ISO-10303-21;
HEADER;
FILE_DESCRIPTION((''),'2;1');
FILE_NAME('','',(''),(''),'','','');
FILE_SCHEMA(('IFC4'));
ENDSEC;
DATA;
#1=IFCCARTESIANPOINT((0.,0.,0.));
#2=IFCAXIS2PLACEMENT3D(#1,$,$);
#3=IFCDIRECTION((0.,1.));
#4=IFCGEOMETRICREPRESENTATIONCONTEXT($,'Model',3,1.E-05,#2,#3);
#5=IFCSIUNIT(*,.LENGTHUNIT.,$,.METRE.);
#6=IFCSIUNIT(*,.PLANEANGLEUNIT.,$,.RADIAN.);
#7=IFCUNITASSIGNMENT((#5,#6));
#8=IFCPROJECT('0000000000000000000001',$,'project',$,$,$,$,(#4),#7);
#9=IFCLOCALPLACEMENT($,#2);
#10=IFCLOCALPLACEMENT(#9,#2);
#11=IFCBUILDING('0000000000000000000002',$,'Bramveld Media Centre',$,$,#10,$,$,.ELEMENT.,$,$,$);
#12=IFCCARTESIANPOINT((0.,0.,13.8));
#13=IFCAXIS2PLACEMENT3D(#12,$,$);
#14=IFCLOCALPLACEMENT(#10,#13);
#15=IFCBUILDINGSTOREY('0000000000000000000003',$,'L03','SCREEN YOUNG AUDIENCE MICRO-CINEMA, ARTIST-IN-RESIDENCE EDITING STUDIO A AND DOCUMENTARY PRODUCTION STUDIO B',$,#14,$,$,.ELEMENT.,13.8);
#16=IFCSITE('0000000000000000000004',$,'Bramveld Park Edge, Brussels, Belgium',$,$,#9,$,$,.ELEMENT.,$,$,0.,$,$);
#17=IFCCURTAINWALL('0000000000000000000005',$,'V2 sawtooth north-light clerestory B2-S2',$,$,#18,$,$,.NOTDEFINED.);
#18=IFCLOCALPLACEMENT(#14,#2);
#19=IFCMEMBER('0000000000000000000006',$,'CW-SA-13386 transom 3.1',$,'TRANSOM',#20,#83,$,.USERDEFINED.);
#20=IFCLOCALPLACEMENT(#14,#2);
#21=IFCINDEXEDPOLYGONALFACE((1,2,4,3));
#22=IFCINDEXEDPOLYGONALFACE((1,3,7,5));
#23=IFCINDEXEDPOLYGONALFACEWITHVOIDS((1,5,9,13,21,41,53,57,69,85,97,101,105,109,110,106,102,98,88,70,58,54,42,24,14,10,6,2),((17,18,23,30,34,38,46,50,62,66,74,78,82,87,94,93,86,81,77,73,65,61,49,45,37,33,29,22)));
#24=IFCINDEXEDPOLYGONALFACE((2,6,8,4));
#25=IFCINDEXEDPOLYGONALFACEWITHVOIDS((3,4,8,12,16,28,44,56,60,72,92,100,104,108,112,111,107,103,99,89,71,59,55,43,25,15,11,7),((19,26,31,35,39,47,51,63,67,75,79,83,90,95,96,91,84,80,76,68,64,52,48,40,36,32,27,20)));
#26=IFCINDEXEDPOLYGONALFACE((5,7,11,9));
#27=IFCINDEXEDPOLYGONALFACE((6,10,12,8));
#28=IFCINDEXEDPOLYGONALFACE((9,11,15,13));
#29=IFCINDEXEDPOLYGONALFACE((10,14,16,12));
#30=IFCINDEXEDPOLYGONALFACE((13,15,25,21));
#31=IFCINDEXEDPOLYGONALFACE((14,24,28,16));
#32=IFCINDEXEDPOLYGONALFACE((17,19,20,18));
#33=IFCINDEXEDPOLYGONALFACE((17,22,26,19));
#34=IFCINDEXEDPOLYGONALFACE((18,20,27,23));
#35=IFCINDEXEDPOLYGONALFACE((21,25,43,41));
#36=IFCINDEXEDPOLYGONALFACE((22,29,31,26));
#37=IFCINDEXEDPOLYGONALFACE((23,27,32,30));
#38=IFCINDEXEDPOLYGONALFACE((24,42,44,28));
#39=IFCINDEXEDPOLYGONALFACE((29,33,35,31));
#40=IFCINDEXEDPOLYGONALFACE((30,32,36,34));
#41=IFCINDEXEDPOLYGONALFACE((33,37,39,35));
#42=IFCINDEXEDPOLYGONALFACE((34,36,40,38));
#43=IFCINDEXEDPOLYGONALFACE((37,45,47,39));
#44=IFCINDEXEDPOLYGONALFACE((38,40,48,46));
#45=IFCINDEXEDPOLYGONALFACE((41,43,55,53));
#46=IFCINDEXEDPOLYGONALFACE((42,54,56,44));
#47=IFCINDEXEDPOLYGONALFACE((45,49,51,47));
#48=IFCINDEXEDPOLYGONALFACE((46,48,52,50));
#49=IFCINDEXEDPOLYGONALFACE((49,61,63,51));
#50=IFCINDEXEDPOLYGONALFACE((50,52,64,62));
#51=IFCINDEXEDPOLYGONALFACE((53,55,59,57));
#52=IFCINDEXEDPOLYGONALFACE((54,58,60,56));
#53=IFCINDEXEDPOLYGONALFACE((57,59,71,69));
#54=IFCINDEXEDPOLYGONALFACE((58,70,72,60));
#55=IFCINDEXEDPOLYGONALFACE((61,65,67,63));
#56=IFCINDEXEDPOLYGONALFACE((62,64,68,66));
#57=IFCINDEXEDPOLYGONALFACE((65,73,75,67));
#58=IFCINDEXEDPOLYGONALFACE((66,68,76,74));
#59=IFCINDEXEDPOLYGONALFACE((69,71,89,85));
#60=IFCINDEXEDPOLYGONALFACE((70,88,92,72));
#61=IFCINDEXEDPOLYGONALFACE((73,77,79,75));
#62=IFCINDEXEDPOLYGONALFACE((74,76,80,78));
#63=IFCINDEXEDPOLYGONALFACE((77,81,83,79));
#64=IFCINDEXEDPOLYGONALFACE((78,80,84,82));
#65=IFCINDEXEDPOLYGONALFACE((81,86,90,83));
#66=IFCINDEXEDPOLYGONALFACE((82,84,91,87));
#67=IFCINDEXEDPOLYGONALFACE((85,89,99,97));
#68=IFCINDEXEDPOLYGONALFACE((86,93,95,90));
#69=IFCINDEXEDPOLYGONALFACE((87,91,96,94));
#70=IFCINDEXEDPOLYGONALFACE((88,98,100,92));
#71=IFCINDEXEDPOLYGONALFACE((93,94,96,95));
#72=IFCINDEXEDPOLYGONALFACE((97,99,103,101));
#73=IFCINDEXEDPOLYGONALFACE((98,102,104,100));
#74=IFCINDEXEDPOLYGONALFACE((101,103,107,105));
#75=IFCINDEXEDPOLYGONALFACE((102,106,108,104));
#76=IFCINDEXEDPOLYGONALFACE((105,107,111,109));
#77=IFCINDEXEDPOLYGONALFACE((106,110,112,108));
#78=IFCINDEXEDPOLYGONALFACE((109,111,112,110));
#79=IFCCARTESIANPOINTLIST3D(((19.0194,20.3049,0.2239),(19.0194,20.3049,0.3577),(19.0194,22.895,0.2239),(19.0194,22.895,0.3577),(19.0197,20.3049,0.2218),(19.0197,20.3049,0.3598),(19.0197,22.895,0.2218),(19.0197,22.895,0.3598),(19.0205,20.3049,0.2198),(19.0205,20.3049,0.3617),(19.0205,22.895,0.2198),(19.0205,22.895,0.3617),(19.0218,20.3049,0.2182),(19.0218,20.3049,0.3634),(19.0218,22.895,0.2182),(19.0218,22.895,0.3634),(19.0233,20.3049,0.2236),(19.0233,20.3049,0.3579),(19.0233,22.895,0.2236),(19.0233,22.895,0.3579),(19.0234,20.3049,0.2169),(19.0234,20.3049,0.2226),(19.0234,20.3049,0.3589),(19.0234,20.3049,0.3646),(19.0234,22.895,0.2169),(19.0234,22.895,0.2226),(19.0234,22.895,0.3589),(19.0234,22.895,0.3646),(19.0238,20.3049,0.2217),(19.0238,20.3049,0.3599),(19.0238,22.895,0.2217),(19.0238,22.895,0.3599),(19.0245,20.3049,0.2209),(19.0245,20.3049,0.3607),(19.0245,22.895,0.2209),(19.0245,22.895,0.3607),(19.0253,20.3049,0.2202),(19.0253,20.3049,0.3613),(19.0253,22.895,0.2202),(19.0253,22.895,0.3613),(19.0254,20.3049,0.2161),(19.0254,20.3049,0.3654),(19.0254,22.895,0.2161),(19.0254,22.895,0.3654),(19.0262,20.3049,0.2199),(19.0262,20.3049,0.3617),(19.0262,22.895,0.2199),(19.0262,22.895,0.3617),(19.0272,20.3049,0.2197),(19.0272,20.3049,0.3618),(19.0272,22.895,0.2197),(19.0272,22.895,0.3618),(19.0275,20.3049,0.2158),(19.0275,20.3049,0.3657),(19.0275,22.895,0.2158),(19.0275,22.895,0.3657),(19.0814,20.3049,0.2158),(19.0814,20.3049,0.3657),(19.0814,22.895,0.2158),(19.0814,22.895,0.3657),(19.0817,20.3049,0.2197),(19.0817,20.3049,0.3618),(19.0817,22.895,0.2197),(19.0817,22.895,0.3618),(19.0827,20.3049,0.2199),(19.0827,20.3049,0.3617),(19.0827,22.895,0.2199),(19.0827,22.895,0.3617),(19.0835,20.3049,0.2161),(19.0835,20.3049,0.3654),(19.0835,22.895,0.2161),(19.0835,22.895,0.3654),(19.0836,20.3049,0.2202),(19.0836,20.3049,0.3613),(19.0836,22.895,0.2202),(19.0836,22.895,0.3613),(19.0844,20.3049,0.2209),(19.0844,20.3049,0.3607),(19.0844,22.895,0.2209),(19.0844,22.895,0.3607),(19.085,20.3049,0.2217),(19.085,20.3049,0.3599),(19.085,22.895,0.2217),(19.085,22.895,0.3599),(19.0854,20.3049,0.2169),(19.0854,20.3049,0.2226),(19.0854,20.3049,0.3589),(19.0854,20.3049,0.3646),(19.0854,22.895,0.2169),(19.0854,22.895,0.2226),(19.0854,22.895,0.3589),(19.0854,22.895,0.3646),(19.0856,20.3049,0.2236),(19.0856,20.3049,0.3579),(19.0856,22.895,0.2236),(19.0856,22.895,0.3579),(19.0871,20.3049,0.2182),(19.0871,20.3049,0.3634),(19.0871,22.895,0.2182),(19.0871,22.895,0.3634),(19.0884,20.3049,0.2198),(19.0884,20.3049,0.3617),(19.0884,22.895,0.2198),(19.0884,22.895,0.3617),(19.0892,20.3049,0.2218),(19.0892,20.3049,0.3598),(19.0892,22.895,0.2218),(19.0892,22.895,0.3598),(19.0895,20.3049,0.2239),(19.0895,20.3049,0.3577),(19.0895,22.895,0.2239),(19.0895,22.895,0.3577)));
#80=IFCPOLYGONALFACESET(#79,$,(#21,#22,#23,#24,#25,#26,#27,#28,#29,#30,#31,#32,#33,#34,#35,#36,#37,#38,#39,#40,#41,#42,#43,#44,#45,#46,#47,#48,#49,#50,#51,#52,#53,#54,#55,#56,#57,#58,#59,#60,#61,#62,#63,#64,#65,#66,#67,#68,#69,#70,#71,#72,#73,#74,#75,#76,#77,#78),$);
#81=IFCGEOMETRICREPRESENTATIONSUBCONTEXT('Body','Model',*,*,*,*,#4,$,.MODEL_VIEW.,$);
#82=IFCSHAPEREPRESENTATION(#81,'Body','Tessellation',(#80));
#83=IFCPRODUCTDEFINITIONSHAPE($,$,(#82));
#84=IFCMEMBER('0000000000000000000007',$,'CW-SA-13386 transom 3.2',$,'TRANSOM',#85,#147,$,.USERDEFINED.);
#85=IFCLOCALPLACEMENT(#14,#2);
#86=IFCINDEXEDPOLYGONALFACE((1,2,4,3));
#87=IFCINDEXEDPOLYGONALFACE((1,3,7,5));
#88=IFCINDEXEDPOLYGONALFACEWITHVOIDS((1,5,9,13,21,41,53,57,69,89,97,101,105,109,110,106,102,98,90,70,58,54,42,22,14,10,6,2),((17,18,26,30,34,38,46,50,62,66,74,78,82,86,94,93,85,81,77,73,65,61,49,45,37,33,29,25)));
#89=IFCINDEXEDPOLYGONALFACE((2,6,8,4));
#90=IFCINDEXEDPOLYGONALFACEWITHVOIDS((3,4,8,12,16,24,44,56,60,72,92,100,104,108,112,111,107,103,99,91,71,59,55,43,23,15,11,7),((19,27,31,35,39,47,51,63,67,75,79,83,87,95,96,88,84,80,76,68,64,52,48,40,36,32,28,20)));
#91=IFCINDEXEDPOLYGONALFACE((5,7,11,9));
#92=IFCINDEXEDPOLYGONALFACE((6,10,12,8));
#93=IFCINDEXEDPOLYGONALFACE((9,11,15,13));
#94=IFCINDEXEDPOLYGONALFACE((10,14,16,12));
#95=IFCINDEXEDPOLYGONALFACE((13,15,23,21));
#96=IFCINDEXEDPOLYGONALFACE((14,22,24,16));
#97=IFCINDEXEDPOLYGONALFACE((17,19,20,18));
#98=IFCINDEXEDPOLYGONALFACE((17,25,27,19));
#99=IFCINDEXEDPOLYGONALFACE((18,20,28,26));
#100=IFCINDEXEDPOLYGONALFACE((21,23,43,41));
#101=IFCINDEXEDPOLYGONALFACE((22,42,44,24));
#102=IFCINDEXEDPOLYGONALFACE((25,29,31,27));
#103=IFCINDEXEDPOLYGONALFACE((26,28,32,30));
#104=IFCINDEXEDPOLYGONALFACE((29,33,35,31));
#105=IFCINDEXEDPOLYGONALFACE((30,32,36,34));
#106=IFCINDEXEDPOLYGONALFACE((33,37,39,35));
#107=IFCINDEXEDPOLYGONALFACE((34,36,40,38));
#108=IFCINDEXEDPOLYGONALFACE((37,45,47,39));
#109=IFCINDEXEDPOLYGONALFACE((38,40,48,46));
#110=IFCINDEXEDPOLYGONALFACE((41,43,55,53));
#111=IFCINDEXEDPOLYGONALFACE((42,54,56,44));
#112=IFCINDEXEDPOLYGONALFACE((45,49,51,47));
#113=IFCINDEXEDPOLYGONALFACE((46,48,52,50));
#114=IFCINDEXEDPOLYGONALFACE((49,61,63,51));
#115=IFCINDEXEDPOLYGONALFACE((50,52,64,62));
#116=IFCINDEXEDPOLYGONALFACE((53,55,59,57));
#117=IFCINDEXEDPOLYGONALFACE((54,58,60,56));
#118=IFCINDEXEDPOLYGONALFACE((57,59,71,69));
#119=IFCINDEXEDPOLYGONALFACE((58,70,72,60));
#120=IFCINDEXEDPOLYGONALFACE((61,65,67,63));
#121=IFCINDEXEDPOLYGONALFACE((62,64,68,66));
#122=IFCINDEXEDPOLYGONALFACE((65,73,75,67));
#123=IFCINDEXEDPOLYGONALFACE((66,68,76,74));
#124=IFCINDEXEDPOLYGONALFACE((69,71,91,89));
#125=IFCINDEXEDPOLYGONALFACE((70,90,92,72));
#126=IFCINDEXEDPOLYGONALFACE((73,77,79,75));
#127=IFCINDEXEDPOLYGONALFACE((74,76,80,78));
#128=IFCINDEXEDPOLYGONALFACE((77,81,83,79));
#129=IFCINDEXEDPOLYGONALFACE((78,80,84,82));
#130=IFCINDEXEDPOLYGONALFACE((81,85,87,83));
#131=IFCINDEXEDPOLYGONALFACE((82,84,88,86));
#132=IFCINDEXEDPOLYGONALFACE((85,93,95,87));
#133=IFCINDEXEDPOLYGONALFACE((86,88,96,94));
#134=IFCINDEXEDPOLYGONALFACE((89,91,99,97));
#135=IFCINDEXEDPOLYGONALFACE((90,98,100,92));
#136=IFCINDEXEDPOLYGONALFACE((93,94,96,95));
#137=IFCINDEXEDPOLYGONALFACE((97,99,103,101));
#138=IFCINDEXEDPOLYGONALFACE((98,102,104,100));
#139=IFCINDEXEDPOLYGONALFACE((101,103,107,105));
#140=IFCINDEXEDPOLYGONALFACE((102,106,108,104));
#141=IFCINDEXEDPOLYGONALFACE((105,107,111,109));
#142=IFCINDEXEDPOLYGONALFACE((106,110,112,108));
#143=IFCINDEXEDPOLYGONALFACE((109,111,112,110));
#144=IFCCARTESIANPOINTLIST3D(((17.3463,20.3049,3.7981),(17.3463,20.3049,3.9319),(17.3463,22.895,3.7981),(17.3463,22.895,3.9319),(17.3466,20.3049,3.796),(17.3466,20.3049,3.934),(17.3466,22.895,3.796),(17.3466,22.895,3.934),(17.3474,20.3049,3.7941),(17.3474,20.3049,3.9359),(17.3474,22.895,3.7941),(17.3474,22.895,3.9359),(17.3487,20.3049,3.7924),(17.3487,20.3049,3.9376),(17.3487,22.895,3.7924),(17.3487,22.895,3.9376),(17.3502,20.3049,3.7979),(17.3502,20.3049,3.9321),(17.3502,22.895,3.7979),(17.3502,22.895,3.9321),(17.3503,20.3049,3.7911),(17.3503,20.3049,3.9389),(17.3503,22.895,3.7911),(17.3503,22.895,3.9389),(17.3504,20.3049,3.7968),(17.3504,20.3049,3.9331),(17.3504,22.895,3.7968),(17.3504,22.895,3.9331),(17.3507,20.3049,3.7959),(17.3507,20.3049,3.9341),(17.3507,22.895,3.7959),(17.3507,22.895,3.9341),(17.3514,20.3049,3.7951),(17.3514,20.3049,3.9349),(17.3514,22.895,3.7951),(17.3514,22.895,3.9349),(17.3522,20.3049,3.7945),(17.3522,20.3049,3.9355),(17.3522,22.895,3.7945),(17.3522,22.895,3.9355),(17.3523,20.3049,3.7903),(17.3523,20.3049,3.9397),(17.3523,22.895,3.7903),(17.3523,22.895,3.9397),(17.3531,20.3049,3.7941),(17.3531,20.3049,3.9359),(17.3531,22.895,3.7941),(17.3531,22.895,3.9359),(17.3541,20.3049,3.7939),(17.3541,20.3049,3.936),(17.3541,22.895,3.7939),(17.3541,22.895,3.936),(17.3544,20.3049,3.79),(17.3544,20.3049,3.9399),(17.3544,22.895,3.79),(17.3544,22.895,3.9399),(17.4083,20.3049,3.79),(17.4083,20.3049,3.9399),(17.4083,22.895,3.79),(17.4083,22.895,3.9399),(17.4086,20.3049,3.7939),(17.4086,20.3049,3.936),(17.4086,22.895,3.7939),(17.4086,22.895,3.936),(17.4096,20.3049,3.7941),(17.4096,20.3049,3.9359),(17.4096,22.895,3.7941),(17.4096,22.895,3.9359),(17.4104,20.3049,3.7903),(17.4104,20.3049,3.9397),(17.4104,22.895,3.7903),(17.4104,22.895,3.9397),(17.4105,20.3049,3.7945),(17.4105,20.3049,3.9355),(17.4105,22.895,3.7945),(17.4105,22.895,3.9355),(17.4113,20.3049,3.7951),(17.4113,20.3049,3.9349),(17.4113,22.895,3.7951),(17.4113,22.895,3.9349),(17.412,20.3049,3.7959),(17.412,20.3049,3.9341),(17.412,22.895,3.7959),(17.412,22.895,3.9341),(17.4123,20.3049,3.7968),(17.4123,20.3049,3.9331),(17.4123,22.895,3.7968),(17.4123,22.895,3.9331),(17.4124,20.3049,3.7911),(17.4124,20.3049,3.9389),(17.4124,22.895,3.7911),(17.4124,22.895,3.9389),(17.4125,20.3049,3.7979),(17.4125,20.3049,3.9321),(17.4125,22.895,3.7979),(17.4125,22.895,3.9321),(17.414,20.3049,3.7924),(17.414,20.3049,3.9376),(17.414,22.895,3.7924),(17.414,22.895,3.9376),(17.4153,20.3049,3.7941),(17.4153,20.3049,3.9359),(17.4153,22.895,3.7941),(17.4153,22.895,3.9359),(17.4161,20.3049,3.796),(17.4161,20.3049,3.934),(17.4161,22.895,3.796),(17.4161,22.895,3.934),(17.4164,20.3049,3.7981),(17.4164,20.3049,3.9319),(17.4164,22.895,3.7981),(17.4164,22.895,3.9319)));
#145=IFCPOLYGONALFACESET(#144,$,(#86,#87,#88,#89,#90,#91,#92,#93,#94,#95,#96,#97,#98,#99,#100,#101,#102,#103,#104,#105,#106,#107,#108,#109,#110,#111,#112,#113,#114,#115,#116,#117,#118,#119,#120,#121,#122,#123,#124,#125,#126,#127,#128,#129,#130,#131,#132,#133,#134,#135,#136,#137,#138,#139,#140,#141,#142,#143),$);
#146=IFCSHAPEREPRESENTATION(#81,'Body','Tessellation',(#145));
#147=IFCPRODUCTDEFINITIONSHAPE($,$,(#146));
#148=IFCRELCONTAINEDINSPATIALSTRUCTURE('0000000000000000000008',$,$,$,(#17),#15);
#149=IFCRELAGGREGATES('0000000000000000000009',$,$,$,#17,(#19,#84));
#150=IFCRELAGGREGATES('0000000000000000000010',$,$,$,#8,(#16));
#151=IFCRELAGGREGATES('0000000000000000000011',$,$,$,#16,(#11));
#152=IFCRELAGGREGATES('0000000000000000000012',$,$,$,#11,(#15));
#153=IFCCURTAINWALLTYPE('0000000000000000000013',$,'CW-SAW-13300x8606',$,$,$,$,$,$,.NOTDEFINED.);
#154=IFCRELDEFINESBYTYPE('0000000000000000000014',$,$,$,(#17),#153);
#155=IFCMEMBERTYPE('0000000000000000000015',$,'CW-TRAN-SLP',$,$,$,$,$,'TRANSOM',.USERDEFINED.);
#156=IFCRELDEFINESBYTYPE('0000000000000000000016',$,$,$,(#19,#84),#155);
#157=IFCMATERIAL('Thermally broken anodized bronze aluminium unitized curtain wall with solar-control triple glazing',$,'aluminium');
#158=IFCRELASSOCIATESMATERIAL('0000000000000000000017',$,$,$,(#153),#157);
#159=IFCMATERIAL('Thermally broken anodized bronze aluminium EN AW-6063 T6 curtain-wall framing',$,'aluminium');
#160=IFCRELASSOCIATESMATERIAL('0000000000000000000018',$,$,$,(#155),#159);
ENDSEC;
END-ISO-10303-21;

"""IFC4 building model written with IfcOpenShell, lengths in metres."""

from ifc_helpers import new_model, si_unit, direction, frame, origin, origin_2d, place, context, subcontext, project, spatial, hollow_rectangle, extrude, material, material_profile, profile_set, type_object, element, aggregate, save


model = new_model("IFC4")

# Units and contexts
model_context = context("Model", 3, precision=1e-05, world=origin(), true_north=direction((0.0, 1.0)))
body_context = subcontext(model_context, "Body", "Model", "MODEL_VIEW")
ifc_project = project(units=[si_unit("LENGTHUNIT", "METRE"), si_unit("PLANEANGLEUNIT", "RADIAN")], contexts=[model_context])

# Site, building, storey
site_placement = place(None, origin())
site = spatial("IfcSite", under=ifc_project, at=site_placement, Name="Bramveld Park Edge, Brussels, Belgium", CompositionType="ELEMENT", RefElevation=0.0)
building_placement = place(site_placement, origin())
building = spatial("IfcBuilding", under=site, at=building_placement, Name="Bramveld Media Centre", CompositionType="ELEMENT")
storey_placement = place(building_placement, frame((0.0, 0.0, 13.8)))
storey = spatial("IfcBuildingStorey", under=building, at=storey_placement, Name="L03", Description="SCREEN YOUNG AUDIENCE MICRO-CINEMA, ARTIST-IN-RESIDENCE EDITING STUDIO A AND DOCUMENTARY PRODUCTION STUDIO B", CompositionType="ELEMENT", Elevation=13.8)

# Curtain wall
ifc_material_1 = material(Name="Thermally broken anodized bronze aluminium unitized curtain wall with solar-control triple glazing", Category="aluminium")
curtain_wall_type = type_object("IfcCurtainWallType", Name="CW-SAW-13300x8606", PredefinedType="NOTDEFINED", material=ifc_material_1)
curtain_wall_1_placement = place(storey_placement, origin())
curtain_wall_1 = element("IfcCurtainWall", 1, at=curtain_wall_1_placement, inside=storey, type_object=curtain_wall_type, Name="V2 sawtooth north-light clerestory B2-S2", PredefinedType="NOTDEFINED")

# Members
ifc_material_2 = material(Name="Thermally broken anodized bronze aluminium EN AW-6063 T6 curtain-wall framing", Category="aluminium")
ifc_material_profile_1 = material_profile(ifc_material_2, hollow_rectangle(XDim=0.0701, YDim=0.1499, WallThickness=0.0039, InnerFilletRadius=0.0039, OuterFilletRadius=0.0081, at=origin_2d()), Name="AL-TRAN 70x150")
ifc_profile_set_1 = profile_set([ifc_material_profile_1], Name="Thermally broken anodized bronze aluminium EN AW-6063 T6 curtain-wall framing")
member_type_1 = type_object("IfcMemberType", Name="CW-TRAN-SLP", ElementType="TRANSOM", PredefinedType="USERDEFINED", material=ifc_profile_set_1)
member_1_placement = place(storey_placement, frame((19.0544, 20.3049, 0.2908), z_axis=(0.0, 1.0, 0.0), x_axis=(-1.0, 0.0, 0.0)))
member_1 = element("IfcMember", 2, at=member_1_placement, type_object=member_type_1, Name="CW-SA-13386 transom 3.1", ObjectType="TRANSOM", PredefinedType="USERDEFINED", context=body_context, shape_type="SweptSolid", body=[
    extrude(hollow_rectangle(XDim=0.0701, YDim=0.1499, WallThickness=0.0039, InnerFilletRadius=0.0039, OuterFilletRadius=0.0081, at=origin_2d()), origin(), (0.0, 0.0, 1.0), 2.5901),
])
member_2_placement = place(storey_placement, frame((17.3813, 20.3049, 3.865), z_axis=(0.0, 1.0, 0.0), x_axis=(-1.0, 0.0, 0.0)))
member_2 = element("IfcMember", 3, at=member_2_placement, type_object=member_type_1, Name="CW-SA-13386 transom 3.2", ObjectType="TRANSOM", PredefinedType="USERDEFINED", context=body_context, shape_type="SweptSolid", body=[
    extrude(hollow_rectangle(XDim=0.0701, YDim=0.1499, WallThickness=0.0039, InnerFilletRadius=0.0039, OuterFilletRadius=0.0081, at=origin_2d()), origin(), (0.0, 0.0, 1.0), 2.5901),
])

aggregate(curtain_wall_1, [member_1, member_2])

save(model, "model.ifc")
